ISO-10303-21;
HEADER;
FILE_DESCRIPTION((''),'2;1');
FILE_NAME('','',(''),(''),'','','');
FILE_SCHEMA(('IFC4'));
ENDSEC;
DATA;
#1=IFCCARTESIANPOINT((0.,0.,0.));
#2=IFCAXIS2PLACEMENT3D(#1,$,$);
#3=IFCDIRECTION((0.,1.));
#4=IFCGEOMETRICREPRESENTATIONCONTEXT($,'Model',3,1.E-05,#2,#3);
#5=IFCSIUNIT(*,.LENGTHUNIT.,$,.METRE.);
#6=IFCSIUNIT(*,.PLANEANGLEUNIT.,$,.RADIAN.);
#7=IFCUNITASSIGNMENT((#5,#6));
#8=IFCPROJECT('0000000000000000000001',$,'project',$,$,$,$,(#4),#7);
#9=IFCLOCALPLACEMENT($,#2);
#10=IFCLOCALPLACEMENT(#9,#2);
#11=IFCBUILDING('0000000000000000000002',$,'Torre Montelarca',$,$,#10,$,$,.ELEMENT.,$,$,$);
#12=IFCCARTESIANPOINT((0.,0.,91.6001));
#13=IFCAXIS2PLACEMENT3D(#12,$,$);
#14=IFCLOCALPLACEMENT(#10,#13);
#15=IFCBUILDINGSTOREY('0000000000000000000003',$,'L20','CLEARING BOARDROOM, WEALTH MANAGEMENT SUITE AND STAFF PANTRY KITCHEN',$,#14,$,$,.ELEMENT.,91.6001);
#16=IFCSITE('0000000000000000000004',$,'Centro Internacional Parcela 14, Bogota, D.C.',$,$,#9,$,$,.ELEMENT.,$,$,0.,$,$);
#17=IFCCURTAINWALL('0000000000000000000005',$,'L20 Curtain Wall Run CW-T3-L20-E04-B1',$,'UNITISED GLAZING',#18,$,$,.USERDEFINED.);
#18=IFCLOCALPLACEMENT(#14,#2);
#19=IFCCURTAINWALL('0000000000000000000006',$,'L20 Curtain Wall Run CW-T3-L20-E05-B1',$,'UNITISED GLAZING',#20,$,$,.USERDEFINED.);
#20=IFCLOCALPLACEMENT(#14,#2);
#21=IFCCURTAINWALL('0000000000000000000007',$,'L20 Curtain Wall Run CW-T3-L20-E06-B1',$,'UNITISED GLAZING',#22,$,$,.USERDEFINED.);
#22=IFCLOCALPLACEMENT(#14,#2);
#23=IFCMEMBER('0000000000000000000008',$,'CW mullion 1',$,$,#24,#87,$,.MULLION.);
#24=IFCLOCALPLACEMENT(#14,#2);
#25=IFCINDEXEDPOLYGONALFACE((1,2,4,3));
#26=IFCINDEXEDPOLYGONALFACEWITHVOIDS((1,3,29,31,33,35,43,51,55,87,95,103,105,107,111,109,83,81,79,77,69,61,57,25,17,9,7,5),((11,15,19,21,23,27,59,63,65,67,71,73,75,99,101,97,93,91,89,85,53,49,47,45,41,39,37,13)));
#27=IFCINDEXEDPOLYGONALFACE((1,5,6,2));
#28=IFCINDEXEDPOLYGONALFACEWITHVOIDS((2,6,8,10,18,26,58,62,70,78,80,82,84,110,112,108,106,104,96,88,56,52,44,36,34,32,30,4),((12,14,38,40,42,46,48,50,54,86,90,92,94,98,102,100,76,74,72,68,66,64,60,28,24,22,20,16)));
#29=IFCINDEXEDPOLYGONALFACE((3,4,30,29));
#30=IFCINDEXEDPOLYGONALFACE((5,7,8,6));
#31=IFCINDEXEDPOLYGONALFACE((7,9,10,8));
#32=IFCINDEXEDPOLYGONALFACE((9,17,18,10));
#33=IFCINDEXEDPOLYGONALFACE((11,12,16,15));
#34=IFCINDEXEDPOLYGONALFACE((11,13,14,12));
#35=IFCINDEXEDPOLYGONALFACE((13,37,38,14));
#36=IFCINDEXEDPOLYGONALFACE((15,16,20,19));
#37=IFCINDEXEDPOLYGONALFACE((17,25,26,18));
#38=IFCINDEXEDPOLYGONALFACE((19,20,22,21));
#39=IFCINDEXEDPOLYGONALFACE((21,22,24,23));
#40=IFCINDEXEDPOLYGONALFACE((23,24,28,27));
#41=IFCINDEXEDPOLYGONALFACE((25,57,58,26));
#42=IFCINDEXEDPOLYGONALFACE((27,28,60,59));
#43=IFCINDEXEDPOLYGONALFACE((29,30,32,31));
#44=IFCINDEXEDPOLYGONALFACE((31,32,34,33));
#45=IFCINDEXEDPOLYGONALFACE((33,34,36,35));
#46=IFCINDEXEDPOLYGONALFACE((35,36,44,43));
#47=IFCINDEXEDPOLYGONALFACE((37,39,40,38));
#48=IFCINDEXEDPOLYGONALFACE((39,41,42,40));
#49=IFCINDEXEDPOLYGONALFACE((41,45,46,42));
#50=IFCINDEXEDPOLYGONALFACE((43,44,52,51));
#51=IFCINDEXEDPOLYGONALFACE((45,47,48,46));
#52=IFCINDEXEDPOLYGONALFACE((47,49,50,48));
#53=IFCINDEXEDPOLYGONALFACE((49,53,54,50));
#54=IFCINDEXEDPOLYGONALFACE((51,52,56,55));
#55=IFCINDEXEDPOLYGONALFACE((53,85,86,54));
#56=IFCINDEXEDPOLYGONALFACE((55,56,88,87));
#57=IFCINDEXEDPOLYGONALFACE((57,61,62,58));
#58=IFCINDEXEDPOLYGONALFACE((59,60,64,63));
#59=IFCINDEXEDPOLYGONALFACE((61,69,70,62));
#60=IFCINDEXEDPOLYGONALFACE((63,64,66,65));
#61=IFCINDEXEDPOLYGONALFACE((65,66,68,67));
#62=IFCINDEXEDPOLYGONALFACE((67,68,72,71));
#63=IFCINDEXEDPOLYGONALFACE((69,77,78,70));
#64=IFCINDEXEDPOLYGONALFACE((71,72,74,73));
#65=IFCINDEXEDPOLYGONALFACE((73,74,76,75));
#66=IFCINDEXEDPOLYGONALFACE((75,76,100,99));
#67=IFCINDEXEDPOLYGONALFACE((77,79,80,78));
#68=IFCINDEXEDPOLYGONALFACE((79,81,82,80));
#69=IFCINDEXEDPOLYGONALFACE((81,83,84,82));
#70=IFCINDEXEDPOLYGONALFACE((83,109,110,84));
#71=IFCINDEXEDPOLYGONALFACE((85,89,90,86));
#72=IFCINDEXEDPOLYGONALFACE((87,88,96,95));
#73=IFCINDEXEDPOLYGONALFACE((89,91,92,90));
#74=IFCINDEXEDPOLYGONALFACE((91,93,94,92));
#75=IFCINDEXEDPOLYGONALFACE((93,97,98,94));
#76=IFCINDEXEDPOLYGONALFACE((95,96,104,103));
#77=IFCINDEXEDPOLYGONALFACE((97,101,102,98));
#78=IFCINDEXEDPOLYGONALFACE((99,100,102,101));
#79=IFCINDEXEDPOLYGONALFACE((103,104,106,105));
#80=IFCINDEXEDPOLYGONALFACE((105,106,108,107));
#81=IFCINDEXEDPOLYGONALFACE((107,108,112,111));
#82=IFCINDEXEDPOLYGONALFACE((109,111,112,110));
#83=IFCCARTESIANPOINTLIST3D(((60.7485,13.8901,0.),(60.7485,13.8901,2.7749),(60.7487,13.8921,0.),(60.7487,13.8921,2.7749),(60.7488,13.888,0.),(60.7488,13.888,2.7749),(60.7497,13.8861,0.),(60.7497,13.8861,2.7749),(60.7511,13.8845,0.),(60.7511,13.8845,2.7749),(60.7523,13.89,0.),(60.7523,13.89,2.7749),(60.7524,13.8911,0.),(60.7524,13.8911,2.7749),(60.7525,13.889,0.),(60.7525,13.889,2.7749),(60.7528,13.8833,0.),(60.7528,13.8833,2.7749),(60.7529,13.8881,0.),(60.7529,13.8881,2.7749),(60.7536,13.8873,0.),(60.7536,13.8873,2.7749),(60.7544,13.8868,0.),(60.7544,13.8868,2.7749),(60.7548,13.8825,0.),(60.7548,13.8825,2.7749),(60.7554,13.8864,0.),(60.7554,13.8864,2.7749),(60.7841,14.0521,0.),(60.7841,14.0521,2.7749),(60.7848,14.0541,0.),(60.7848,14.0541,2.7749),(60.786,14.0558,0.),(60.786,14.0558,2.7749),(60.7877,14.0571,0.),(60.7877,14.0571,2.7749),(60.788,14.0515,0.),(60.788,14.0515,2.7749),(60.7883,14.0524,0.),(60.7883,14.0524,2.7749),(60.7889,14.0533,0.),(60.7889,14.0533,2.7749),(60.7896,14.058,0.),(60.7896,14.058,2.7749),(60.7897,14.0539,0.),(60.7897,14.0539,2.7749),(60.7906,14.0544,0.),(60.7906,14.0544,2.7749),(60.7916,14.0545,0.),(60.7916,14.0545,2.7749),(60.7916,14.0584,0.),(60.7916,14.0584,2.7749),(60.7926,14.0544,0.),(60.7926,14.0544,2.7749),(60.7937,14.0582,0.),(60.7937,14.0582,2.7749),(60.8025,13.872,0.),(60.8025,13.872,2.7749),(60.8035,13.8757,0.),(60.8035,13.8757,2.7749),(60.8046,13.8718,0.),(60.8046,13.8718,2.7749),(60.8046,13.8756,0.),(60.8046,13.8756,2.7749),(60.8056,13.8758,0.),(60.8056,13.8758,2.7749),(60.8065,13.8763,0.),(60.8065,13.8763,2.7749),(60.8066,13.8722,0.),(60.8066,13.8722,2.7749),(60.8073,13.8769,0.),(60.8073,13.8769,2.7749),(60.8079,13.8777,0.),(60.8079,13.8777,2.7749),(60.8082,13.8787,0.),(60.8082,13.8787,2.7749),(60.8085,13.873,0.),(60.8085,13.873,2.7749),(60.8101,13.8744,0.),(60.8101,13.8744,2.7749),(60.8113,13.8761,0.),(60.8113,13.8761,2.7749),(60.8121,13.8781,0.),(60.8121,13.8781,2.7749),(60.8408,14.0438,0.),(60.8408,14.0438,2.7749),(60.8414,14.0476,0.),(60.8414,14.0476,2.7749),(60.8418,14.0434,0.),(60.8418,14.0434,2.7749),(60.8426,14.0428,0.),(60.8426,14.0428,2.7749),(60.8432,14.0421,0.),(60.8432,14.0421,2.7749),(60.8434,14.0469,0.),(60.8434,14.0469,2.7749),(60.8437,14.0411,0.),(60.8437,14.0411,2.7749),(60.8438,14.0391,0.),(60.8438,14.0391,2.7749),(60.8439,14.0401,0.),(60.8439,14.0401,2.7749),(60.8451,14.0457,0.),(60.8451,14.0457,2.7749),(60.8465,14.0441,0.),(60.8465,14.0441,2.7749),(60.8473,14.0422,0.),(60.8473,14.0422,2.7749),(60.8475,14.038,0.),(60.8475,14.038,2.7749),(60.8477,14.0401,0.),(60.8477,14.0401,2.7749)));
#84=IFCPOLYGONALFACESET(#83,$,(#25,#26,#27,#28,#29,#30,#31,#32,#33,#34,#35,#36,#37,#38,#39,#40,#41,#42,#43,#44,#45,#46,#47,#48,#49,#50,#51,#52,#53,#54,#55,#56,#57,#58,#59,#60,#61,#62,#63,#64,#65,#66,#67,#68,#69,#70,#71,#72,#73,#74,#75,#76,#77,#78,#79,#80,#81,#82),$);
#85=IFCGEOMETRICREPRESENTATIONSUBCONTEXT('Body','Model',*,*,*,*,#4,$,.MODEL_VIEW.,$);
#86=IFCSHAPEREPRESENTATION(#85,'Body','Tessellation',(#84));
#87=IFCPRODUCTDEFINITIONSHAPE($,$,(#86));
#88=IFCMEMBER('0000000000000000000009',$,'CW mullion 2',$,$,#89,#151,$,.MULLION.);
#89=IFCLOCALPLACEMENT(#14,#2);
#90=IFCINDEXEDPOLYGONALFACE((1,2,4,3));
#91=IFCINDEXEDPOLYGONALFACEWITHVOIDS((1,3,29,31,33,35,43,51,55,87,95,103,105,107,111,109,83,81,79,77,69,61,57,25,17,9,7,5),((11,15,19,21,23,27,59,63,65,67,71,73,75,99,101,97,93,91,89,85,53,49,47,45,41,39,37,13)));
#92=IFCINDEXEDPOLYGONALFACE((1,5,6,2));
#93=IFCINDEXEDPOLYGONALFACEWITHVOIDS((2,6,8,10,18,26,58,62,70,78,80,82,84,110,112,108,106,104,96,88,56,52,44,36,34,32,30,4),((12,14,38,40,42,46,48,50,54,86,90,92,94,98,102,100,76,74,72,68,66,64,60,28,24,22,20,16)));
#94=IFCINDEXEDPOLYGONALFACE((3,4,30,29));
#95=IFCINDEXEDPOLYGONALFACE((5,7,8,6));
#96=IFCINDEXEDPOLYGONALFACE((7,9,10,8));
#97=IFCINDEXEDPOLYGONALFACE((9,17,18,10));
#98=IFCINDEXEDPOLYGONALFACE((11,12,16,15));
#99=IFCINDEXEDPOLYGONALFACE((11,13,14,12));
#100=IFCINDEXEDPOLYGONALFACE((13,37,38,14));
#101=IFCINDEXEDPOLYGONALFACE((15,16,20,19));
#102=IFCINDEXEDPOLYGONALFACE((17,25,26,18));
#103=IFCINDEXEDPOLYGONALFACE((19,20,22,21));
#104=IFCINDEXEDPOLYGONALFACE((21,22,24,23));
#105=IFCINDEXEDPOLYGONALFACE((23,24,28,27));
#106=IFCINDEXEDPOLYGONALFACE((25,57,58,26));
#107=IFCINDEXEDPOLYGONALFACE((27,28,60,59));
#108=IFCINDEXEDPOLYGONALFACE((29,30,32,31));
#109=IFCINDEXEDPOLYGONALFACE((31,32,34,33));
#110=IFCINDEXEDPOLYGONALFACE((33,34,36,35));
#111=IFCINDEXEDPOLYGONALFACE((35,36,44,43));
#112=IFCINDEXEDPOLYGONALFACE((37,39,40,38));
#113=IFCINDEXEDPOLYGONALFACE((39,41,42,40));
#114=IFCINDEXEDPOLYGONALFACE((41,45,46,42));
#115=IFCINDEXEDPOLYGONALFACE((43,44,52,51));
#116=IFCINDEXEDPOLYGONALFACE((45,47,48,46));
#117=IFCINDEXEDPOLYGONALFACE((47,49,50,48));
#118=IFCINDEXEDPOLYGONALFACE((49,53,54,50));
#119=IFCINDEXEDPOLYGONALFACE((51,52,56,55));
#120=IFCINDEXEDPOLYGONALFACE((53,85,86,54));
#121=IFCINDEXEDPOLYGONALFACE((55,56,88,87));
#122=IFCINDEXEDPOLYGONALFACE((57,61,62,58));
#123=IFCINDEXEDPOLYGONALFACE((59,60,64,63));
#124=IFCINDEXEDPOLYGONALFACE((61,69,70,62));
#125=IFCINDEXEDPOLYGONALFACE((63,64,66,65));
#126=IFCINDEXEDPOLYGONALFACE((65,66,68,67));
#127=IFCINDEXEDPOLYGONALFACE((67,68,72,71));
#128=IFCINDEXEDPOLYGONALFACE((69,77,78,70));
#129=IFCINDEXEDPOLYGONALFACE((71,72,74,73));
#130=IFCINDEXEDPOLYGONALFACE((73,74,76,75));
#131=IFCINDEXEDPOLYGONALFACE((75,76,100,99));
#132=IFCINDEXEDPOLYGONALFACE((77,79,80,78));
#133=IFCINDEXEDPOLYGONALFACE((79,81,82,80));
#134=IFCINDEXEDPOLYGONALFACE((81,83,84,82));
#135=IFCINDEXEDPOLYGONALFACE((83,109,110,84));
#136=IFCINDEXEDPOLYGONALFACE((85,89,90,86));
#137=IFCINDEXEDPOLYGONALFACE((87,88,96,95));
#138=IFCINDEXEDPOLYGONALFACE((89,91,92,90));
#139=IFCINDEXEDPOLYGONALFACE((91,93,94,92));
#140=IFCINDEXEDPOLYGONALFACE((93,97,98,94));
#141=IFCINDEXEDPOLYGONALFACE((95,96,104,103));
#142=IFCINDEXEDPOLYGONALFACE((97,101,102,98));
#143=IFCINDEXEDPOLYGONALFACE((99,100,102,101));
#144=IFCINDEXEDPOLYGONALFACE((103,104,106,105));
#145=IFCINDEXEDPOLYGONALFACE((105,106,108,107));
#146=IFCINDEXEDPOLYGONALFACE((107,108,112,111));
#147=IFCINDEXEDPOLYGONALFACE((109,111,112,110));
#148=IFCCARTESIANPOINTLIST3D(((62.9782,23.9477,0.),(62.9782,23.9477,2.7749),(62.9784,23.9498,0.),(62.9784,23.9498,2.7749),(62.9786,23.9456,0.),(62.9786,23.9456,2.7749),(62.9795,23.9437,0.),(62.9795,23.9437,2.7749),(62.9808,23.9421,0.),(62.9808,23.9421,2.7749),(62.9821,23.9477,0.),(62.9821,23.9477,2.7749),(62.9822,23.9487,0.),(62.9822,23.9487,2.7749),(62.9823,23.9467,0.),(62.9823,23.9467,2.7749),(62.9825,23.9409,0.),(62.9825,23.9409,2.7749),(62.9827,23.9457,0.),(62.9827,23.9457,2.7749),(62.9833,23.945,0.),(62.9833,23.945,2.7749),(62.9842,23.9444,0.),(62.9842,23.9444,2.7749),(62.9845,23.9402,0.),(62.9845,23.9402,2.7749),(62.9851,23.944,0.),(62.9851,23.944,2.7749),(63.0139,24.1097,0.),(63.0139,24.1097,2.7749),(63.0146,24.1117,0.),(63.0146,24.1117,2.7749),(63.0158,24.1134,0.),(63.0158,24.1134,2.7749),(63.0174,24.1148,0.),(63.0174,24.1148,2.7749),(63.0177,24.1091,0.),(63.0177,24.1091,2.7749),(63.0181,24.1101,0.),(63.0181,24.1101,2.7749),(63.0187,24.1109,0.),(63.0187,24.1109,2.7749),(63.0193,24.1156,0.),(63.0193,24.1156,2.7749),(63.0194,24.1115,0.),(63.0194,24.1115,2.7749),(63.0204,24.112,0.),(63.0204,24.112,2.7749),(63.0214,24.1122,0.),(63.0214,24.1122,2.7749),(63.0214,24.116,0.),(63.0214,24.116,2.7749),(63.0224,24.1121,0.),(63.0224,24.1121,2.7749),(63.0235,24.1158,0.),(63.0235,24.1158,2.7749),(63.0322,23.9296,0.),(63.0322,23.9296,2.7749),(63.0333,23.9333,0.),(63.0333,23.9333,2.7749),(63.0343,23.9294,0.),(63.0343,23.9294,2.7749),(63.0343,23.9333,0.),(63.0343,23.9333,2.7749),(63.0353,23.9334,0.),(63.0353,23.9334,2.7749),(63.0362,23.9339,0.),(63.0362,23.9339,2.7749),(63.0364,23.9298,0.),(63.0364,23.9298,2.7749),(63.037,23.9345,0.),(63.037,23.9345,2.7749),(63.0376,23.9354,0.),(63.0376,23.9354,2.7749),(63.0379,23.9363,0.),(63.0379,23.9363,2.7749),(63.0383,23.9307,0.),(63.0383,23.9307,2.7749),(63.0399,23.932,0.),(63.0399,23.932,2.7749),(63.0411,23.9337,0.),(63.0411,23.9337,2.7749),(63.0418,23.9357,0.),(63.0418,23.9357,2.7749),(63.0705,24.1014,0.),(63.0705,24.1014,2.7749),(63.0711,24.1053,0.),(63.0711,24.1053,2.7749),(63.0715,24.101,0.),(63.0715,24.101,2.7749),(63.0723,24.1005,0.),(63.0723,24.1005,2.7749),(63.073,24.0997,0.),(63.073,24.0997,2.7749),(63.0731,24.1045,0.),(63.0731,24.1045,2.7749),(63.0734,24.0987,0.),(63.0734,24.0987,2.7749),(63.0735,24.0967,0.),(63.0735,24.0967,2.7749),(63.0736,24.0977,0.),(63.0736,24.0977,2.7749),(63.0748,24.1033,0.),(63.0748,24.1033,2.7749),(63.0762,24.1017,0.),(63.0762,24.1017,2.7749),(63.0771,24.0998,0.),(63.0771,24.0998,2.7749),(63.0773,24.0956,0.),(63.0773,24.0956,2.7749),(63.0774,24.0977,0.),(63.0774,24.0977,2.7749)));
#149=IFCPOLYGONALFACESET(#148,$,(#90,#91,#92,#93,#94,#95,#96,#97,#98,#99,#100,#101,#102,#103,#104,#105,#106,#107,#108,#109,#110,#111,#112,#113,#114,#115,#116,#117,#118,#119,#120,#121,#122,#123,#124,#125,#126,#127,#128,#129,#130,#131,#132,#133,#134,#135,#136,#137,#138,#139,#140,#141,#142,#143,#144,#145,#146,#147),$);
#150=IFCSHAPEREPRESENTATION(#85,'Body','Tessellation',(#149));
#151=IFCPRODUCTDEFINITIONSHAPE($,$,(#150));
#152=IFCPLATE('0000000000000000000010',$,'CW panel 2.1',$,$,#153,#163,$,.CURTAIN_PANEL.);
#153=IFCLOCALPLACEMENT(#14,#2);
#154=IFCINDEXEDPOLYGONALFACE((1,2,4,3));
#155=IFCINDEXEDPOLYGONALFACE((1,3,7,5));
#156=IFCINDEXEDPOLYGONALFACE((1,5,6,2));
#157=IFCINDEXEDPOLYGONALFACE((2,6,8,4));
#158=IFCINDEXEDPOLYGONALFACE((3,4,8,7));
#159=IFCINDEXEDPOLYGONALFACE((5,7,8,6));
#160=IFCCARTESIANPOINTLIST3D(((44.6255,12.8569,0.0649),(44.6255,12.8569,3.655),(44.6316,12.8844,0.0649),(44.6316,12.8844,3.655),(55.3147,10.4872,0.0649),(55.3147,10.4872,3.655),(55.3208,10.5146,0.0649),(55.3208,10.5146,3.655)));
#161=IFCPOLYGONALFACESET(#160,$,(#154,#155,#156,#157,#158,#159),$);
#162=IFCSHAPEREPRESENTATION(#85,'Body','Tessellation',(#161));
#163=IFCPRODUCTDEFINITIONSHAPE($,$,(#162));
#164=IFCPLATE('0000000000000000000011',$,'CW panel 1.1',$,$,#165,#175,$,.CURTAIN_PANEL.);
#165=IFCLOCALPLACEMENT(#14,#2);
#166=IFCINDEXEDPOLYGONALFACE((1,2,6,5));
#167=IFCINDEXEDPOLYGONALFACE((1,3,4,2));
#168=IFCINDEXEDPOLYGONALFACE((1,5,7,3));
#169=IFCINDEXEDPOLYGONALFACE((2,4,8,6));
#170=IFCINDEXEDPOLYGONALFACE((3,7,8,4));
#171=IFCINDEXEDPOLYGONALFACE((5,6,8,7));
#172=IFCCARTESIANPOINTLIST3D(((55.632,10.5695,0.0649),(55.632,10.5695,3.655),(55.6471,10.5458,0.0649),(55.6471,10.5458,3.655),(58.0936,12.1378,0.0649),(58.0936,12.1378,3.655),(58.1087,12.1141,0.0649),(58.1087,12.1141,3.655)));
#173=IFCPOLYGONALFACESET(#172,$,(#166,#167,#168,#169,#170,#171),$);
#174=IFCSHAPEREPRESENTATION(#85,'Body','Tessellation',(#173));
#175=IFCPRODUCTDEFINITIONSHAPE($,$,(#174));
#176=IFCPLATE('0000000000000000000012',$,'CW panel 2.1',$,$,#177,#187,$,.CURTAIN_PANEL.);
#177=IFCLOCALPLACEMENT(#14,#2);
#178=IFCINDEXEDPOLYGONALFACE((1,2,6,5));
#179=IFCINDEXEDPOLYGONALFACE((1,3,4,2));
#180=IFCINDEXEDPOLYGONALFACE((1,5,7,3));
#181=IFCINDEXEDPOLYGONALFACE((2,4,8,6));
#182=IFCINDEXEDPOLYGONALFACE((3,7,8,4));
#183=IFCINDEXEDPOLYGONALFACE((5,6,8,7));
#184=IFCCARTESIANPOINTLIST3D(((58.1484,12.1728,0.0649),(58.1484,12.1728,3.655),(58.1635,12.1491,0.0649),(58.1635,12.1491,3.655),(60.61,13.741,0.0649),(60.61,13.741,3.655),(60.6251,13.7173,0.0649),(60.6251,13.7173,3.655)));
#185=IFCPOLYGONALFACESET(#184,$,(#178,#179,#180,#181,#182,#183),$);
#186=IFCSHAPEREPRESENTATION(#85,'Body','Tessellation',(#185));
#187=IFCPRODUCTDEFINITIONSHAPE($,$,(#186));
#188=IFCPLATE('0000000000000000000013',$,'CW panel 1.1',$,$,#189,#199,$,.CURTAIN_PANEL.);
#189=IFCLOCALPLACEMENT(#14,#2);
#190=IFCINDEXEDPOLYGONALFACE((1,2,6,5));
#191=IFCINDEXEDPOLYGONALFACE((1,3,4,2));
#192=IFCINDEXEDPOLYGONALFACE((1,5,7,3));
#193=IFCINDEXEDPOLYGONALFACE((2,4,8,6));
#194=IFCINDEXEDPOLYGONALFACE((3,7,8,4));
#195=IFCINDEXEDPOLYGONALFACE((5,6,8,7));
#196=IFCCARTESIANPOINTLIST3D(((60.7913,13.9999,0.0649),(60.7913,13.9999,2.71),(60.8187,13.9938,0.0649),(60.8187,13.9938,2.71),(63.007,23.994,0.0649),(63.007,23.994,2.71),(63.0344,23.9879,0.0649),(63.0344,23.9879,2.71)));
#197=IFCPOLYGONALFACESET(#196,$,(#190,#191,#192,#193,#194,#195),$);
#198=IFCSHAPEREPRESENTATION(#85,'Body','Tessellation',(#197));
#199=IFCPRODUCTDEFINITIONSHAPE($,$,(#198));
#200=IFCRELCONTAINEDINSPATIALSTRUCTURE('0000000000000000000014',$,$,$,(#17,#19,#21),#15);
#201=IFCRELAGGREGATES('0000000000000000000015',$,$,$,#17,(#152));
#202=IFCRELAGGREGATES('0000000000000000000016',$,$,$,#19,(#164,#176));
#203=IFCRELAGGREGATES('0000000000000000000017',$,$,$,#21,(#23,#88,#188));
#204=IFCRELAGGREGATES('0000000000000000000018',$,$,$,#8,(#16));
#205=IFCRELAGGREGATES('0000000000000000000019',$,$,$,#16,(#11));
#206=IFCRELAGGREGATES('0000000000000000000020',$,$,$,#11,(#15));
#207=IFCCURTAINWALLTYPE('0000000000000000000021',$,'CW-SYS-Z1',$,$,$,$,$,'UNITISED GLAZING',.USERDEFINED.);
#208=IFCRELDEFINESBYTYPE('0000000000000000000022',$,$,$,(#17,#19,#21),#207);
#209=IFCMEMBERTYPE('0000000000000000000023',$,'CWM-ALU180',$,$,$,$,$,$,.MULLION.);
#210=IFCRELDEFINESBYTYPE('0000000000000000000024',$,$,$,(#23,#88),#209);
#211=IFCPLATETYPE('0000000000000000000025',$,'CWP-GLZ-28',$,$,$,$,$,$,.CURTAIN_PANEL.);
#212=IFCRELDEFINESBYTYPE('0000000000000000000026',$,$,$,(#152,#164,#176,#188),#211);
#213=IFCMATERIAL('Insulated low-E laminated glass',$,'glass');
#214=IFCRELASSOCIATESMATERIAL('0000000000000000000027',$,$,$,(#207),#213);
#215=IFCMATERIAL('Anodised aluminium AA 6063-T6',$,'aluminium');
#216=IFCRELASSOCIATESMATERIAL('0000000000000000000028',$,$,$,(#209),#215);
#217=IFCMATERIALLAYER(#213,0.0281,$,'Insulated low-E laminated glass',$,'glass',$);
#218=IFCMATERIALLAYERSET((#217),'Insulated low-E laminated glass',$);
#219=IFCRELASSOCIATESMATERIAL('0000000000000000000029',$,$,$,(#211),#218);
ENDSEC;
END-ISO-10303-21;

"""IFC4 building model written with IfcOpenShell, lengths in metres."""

from ifc_helpers import new_model, si_unit, direction, frame, origin, origin_2d, place, context, subcontext, project, spatial, rectangle, hollow_rectangle, extrude, source, transform, mapped, material, layer, layer_set, material_profile, profile_set, type_object, element, aggregate, save


model = new_model("IFC4")

# Units and contexts
model_context = context("Model", 3, precision=1e-05, world=origin(), true_north=direction((0.0, 1.0)))
body_context = subcontext(model_context, "Body", "Model", "MODEL_VIEW")
ifc_project = project(units=[si_unit("LENGTHUNIT", "METRE"), si_unit("PLANEANGLEUNIT", "RADIAN")], contexts=[model_context])

# Site, building, storey
site_placement = place(None, origin())
site = spatial("IfcSite", under=ifc_project, at=site_placement, Name="Centro Internacional Parcela 14, Bogota, D.C.", CompositionType="ELEMENT", RefElevation=0.0)
building_placement = place(site_placement, origin())
building = spatial("IfcBuilding", under=site, at=building_placement, Name="Torre Montelarca", CompositionType="ELEMENT")
storey_placement = place(building_placement, frame((0.0, 0.0, 91.6001)))
storey = spatial("IfcBuildingStorey", under=building, at=storey_placement, Name="L20", Description="CLEARING BOARDROOM, WEALTH MANAGEMENT SUITE AND STAFF PANTRY KITCHEN", CompositionType="ELEMENT", Elevation=91.6001)

# Curtain walls
ifc_material_1 = material(Name="Insulated low-E laminated glass", Category="glass")
curtain_wall_type = type_object("IfcCurtainWallType", Name="CW-SYS-Z1", ElementType="UNITISED GLAZING", PredefinedType="USERDEFINED", material=ifc_material_1)
curtain_wall_1_placement = place(storey_placement, origin())
curtain_wall_1 = element("IfcCurtainWall", 1, at=curtain_wall_1_placement, inside=storey, type_object=curtain_wall_type, Name="L20 Curtain Wall Run CW-T3-L20-E04-B1", ObjectType="UNITISED GLAZING", PredefinedType="USERDEFINED")
ifc_material_2 = material(Name="Anodised aluminium AA 6063-T6", Category="aluminium")
curtain_wall_2_placement = place(storey_placement, origin())
curtain_wall_2 = element("IfcCurtainWall", 2, at=curtain_wall_2_placement, inside=storey, type_object=curtain_wall_type, Name="L20 Curtain Wall Run CW-T3-L20-E05-B1", ObjectType="UNITISED GLAZING", PredefinedType="USERDEFINED")
curtain_wall_3_placement = place(storey_placement, origin())
curtain_wall_3 = element("IfcCurtainWall", 3, at=curtain_wall_3_placement, inside=storey, type_object=curtain_wall_type, Name="L20 Curtain Wall Run CW-T3-L20-E06-B1", ObjectType="UNITISED GLAZING", PredefinedType="USERDEFINED")

# Members
ifc_material_profile_1 = material_profile(ifc_material_2, hollow_rectangle(XDim=0.0649, YDim=0.1799, WallThickness=0.0039, InnerFilletRadius=0.0039, OuterFilletRadius=0.0081, at=origin_2d()), Name="ALU65X180X4", Category="aluminium")
ifc_profile_set_1 = profile_set([ifc_material_profile_1], Name="Anodised aluminium AA 6063-T6")
member_type_1 = type_object("IfcMemberType", Name="CWM-ALU180", PredefinedType="MULLION", material=ifc_profile_set_1)
shared_shape_1 = source(origin(), body_context, "Body", "SweptSolid", [
    extrude(hollow_rectangle(XDim=0.0649, YDim=0.1799, WallThickness=0.0039, InnerFilletRadius=0.0039, OuterFilletRadius=0.0081, at=origin_2d()), origin(), (0.0, 0.0, 1.0), 2.7749),
])
member_1_placement = place(storey_placement, frame((60.7981, 13.9651, 0.0), z_axis=(0.0, 0.0, 1.0), x_axis=(-0.976296, 0.216441, 0.0)))
member_1 = element("IfcMember", 4, at=member_1_placement, type_object=member_type_1, Name="CW mullion 1", PredefinedType="MULLION", context=body_context, shape_type="MappedRepresentation", body=[
    mapped(shared_shape_1, transform((0.0, 0.0, 0.0), scale=1.0)),
])
member_2_placement = place(storey_placement, frame((63.0278, 24.0227, 0.0), z_axis=(0.0, 0.0, 1.0), x_axis=(-0.976296, 0.216441, 0.0)))
member_2 = element("IfcMember", 5, at=member_2_placement, type_object=member_type_1, Name="CW mullion 2", PredefinedType="MULLION", context=body_context, shape_type="MappedRepresentation", body=[
    mapped(shared_shape_1, transform((0.0, 0.0, 0.0), scale=1.0)),
])

# Plates
ifc_layer_1 = layer(ifc_material_1, 0.0281, Name="Insulated low-E laminated glass", Category="glass")
ifc_layer_set_1 = layer_set([ifc_layer_1], Name="Insulated low-E laminated glass")
plate_type = type_object("IfcPlateType", Name="CWP-GLZ-28", PredefinedType="CURTAIN_PANEL", material=ifc_layer_set_1)
shared_shape_2 = source(origin(), body_context, "Body", "SweptSolid", [
    extrude(rectangle(XDim=10.9487, YDim=0.0281, at=origin_2d()), origin(), (0.0, 0.0, 1.0), 3.5901),
])
plate_1_placement = place(storey_placement, frame((49.9731, 11.6858, 0.0649), z_axis=(0.0, 0.0, 1.0), x_axis=(0.976297, -0.216437, 0.0)))
plate_1 = element("IfcPlate", 6, at=plate_1_placement, type_object=plate_type, Name="CW panel 2.1", PredefinedType="CURTAIN_PANEL", context=body_context, shape_type="MappedRepresentation", body=[
    mapped(shared_shape_2, transform((0.0, 0.0, 0.0), scale=1.0)),
])
aggregate(curtain_wall_1, [plate_1])
shared_shape_3 = source(origin(), body_context, "Body", "SweptSolid", [
    extrude(rectangle(XDim=2.9187, YDim=0.0281, at=origin_2d()), origin(), (0.0, 0.0, 1.0), 3.5901),
])
plate_2_placement = place(storey_placement, frame((56.8704, 11.3418, 0.0649), z_axis=(0.0, 0.0, 1.0), x_axis=(0.843388, 0.537304, 0.0)))
plate_2 = element("IfcPlate", 7, at=plate_2_placement, type_object=plate_type, Name="CW panel 1.1", PredefinedType="CURTAIN_PANEL", context=body_context, shape_type="MappedRepresentation", body=[
    mapped(shared_shape_3, transform((0.0, 0.0, 0.0), scale=1.0)),
])
plate_3_placement = place(storey_placement, frame((59.3867, 12.9451, 0.0649), z_axis=(0.0, 0.0, 1.0), x_axis=(0.843388, 0.537304, 0.0)))
plate_3 = element("IfcPlate", 8, at=plate_3_placement, type_object=plate_type, Name="CW panel 2.1", PredefinedType="CURTAIN_PANEL", context=body_context, shape_type="MappedRepresentation", body=[
    mapped(shared_shape_3, transform((0.0, 0.0, 0.0), scale=1.0)),
])
aggregate(curtain_wall_2, [plate_2, plate_3])
shared_shape_4 = source(origin(), body_context, "Body", "SweptSolid", [
    extrude(rectangle(XDim=10.2368, YDim=0.0281, at=origin_2d()), origin(), (0.0, 0.0, 1.0), 2.645),
])
plate_4_placement = place(storey_placement, frame((61.9128, 18.9939, 0.0649), z_axis=(0.0, 0.0, 1.0), x_axis=(0.216441, 0.976296, 0.0)))
plate_4 = element("IfcPlate", 9, at=plate_4_placement, type_object=plate_type, Name="CW panel 1.1", PredefinedType="CURTAIN_PANEL", context=body_context, shape_type="MappedRepresentation", body=[
    mapped(shared_shape_4, transform((0.0, 0.0, 0.0), scale=1.0)),
])
aggregate(curtain_wall_3, [member_1, member_2, plate_4])

save(model, "model.ifc")
